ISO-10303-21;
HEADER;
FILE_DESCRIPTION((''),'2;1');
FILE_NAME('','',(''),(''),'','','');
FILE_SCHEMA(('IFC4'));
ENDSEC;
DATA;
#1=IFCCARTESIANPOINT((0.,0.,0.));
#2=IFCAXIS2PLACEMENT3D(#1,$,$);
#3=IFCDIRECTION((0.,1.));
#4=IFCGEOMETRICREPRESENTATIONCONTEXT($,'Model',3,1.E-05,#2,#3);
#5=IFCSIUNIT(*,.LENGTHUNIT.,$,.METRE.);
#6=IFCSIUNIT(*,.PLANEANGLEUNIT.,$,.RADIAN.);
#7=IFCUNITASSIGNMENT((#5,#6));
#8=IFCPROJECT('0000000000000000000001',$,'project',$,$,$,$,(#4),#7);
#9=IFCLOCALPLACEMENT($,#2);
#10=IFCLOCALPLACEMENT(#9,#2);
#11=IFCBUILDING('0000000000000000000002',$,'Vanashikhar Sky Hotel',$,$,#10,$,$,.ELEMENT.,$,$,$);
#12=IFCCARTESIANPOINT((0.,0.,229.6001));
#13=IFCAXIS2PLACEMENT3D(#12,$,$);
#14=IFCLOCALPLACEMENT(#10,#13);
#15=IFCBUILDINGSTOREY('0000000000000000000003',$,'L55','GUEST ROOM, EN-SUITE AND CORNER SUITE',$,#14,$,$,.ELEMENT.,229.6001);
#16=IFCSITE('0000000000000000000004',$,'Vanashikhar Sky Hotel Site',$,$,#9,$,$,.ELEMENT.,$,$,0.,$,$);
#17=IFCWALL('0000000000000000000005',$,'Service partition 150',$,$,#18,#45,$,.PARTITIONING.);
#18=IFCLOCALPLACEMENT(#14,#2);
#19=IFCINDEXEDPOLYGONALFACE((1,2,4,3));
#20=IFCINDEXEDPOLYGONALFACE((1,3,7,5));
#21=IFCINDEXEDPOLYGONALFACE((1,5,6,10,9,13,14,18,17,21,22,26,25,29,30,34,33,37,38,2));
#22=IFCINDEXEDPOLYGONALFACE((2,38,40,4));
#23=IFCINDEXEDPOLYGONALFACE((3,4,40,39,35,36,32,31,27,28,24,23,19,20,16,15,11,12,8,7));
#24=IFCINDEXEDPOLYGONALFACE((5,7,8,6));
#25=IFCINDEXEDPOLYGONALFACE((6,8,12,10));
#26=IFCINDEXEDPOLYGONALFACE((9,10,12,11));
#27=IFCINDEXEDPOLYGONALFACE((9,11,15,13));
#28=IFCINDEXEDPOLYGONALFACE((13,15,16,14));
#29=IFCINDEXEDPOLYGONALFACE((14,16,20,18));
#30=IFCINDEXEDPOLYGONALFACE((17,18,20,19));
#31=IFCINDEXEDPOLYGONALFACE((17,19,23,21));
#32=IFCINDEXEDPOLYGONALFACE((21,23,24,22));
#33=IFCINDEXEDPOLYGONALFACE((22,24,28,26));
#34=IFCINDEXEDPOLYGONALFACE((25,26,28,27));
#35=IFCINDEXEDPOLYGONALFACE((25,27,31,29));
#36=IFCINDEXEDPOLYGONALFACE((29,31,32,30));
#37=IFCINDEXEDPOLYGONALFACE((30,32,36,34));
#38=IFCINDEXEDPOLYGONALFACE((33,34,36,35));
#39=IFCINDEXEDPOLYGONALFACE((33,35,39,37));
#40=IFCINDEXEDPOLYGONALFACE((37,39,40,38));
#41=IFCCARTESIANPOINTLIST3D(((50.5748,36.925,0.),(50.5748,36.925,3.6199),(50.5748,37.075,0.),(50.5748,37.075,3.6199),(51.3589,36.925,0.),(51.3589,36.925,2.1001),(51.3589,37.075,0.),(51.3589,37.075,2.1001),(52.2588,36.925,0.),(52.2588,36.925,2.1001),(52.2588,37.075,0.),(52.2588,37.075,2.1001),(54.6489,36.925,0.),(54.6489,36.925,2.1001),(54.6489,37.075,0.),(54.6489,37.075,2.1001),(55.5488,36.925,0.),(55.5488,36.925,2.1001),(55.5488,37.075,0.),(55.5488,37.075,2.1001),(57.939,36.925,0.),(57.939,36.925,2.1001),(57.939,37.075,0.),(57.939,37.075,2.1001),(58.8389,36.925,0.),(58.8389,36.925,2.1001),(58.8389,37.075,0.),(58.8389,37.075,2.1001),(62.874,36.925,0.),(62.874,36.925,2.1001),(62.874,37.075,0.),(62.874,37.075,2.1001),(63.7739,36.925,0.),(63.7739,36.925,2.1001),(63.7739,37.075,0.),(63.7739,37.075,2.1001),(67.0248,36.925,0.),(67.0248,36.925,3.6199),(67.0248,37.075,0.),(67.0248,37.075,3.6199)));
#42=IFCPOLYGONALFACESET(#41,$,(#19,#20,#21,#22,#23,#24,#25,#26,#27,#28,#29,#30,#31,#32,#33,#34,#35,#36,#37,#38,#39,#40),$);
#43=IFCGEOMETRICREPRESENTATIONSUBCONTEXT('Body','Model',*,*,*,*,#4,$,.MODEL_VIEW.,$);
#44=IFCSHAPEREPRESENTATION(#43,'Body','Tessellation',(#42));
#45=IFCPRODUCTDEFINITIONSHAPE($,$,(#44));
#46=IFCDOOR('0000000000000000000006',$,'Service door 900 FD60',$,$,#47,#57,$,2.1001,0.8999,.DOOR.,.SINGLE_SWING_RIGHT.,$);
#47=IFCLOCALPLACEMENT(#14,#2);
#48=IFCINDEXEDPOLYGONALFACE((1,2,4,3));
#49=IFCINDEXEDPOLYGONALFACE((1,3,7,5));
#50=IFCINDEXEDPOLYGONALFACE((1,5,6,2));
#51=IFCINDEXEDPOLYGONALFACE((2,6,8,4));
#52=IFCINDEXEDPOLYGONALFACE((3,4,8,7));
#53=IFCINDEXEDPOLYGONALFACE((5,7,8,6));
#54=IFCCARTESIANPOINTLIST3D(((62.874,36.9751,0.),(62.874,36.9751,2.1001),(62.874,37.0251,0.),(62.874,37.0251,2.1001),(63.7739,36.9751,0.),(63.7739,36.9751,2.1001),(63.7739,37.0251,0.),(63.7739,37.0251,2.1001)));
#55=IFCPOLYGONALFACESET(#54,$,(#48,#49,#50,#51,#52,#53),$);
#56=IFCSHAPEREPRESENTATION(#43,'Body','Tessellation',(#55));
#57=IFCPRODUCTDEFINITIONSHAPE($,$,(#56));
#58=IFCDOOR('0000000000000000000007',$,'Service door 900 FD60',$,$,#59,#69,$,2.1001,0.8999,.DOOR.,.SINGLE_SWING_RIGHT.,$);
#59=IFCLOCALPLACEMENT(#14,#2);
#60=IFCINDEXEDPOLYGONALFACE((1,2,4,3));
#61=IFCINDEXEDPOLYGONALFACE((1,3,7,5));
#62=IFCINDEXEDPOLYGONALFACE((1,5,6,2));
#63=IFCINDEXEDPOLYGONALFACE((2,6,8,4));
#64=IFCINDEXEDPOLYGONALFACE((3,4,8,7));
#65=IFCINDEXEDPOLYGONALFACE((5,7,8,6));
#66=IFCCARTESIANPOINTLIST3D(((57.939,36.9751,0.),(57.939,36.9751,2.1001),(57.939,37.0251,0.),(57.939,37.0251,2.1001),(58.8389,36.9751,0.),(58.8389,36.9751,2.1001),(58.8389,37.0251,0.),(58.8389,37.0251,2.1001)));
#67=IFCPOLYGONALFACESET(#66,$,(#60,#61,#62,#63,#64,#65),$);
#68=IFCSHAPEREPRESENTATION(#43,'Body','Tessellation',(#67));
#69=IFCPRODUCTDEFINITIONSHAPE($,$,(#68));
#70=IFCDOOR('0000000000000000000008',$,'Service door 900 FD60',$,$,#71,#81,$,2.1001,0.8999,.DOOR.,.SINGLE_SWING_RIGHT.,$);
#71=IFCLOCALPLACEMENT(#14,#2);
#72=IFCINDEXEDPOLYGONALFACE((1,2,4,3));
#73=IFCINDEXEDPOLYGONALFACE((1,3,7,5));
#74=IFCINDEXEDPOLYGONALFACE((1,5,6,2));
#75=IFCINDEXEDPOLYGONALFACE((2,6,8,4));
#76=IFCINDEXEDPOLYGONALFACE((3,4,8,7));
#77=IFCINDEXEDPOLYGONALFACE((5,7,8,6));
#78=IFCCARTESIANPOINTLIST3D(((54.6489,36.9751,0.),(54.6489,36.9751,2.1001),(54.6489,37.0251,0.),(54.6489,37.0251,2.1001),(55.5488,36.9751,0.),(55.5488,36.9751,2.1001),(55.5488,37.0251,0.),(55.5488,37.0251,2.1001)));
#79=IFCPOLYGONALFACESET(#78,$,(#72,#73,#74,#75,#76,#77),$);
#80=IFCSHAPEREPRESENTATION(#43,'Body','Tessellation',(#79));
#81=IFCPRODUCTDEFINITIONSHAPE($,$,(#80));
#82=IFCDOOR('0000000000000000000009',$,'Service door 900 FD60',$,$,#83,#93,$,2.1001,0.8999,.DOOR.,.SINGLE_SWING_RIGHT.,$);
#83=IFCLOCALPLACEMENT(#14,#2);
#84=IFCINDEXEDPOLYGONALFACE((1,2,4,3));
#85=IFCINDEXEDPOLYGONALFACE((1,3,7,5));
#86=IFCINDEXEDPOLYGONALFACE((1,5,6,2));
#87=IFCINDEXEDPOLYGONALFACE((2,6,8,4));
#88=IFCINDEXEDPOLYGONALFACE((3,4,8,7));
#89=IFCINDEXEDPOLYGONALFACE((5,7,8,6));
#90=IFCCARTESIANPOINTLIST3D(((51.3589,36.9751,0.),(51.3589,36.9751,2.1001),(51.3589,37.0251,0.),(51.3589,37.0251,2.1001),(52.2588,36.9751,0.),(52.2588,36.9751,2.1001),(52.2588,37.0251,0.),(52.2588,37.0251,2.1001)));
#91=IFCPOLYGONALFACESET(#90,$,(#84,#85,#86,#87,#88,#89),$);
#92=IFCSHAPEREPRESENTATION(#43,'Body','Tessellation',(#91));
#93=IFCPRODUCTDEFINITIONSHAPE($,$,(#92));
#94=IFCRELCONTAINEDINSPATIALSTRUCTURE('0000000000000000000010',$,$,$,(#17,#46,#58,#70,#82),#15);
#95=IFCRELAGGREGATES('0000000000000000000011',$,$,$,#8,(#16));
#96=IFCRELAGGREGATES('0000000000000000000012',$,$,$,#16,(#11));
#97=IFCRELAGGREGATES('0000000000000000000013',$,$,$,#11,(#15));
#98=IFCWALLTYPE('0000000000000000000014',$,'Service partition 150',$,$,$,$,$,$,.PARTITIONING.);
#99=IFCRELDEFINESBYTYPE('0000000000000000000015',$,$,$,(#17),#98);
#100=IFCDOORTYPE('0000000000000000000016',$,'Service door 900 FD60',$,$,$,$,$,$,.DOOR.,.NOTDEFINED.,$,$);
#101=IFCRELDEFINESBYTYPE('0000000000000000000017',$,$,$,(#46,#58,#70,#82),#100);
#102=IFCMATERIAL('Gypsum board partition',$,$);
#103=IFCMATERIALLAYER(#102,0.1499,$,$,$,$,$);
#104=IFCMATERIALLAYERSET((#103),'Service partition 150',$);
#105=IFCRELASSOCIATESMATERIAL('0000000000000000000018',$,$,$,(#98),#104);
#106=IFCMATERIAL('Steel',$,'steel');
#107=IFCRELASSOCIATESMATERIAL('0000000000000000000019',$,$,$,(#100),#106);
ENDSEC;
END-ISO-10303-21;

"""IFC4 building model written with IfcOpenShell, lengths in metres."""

from ifc_helpers import new_model, si_unit, direction, frame, frame_2d, origin, place, context, subcontext, project, spatial, rectangle, extrude, source, transform, mapped, material, layer, layer_set, type_object, element, fill, save


model = new_model("IFC4")

# Units and contexts
model_context = context("Model", 3, precision=1e-05, world=origin(), true_north=direction((0.0, 1.0)))
body_context = subcontext(model_context, "Body", "Model", "MODEL_VIEW")
ifc_project = project(units=[si_unit("LENGTHUNIT", "METRE"), si_unit("PLANEANGLEUNIT", "RADIAN")], contexts=[model_context])

# Site, building, storey
site_placement = place(None, origin())
site = spatial("IfcSite", under=ifc_project, at=site_placement, Name="Vanashikhar Sky Hotel Site", CompositionType="ELEMENT", RefElevation=0.0)
building_placement = place(site_placement, origin())
building = spatial("IfcBuilding", under=site, at=building_placement, Name="Vanashikhar Sky Hotel", CompositionType="ELEMENT")
storey_placement = place(building_placement, frame((0.0, 0.0, 229.6001)))
storey = spatial("IfcBuildingStorey", under=building, at=storey_placement, Name="L55", Description="GUEST ROOM, EN-SUITE AND CORNER SUITE", CompositionType="ELEMENT", Elevation=229.6001)

# Shared definitions
ifc_material_1 = material(Name="Gypsum board partition")
ifc_layer_1 = layer(ifc_material_1, 0.1499)
ifc_layer_set_1 = layer_set([ifc_layer_1], Name="Service partition 150")
wall_type_1 = type_object("IfcWallType", Name="Service partition 150", PredefinedType="PARTITIONING", material=ifc_layer_set_1)

# Shared definitions
shared_shape_1 = source(origin(), body_context, "Body", "SweptSolid", [
    extrude(rectangle(XDim=0.8999, YDim=2.1001, at=frame_2d((0.45, 1.05))), frame((0.0, 0.085, 0.0), z_axis=(0.0, -1.0, 0.0), x_axis=(1.0, 0.0, 0.0)), (0.0, 0.0, 1.0), 0.1699),
])
ifc_material_2 = material(Name="Steel", Category="steel")
door_type_1 = type_object("IfcDoorType", Name="Service door 900 FD60", OperationType="NOTDEFINED", PredefinedType="DOOR", material=ifc_material_2)
shared_shape_2 = source(origin(), body_context, "Body", "SweptSolid", [
    extrude(rectangle(XDim=0.8999, YDim=2.1001, at=frame_2d((0.45, 1.05))), frame((0.0, 0.0249, 0.0), z_axis=(0.0, -1.0, 0.0), x_axis=(1.0, 0.0, 0.0)), (0.0, 0.0, 1.0), 0.05),
])

# Wall, openings, doors
shared_shape_3 = source(origin(), body_context, "Body", "SweptSolid", [
    extrude(rectangle(XDim=16.45, YDim=0.1499, at=frame_2d((8.2251, 0.0))), origin(), (0.0, 0.0, 1.0), 3.6199),
])
wall_1_placement = place(storey_placement, frame((67.0249, 37.0, 0.0), z_axis=(0.0, 0.0, 1.0), x_axis=(-1.0, 0.0, 0.0)))
wall_1 = element("IfcWall", 1, at=wall_1_placement, inside=storey, type_object=wall_type_1, Name="Service partition 150", PredefinedType="PARTITIONING", context=body_context, shape_type="MappedRepresentation", body=[
    mapped(shared_shape_3, transform((0.0, 0.0, 0.0), scale=1.0)),
])
opening_1_placement = place(wall_1_placement, frame((3.251, 0.0, 0.0)))
opening_1 = element("IfcOpeningElement", 2, at=opening_1_placement, cuts=wall_1, PredefinedType="OPENING", context=body_context, shape_type="MappedRepresentation", body=[
    mapped(shared_shape_1, transform((0.0, 0.0, 0.0), scale=1.0)),
])
opening_2_placement = place(wall_1_placement, frame((8.186, 0.0, 0.0)))
opening_2 = element("IfcOpeningElement", 3, at=opening_2_placement, cuts=wall_1, PredefinedType="OPENING", context=body_context, shape_type="MappedRepresentation", body=[
    mapped(shared_shape_1, transform((0.0, 0.0, 0.0), scale=1.0)),
])
opening_3_placement = place(wall_1_placement, frame((11.4761, 0.0, 0.0)))
opening_3 = element("IfcOpeningElement", 4, at=opening_3_placement, cuts=wall_1, PredefinedType="OPENING", context=body_context, shape_type="MappedRepresentation", body=[
    mapped(shared_shape_1, transform((0.0, 0.0, 0.0), scale=1.0)),
])
opening_4_placement = place(wall_1_placement, frame((14.7661, 0.0, 0.0)))
opening_4 = element("IfcOpeningElement", 5, at=opening_4_placement, cuts=wall_1, PredefinedType="OPENING", context=body_context, shape_type="MappedRepresentation", body=[
    mapped(shared_shape_1, transform((0.0, 0.0, 0.0), scale=1.0)),
])
door_1_placement = place(opening_1_placement, origin())
door_1 = element("IfcDoor", 6, at=door_1_placement, inside=storey, type_object=door_type_1, Name="Service door 900 FD60", OperationType="SINGLE_SWING_RIGHT", OverallHeight=2.1001, OverallWidth=0.8999, PredefinedType="DOOR", context=body_context, shape_type="MappedRepresentation", body=[
    mapped(shared_shape_2, transform((0.0, 0.0, 0.0), scale=1.0)),
])
fill(opening_1, door_1)
door_2_placement = place(opening_2_placement, origin())
door_2 = element("IfcDoor", 7, at=door_2_placement, inside=storey, type_object=door_type_1, Name="Service door 900 FD60", OperationType="SINGLE_SWING_RIGHT", OverallHeight=2.1001, OverallWidth=0.8999, PredefinedType="DOOR", context=body_context, shape_type="MappedRepresentation", body=[
    mapped(shared_shape_2, transform((0.0, 0.0, 0.0), scale=1.0)),
])
fill(opening_2, door_2)
door_3_placement = place(opening_3_placement, origin())
door_3 = element("IfcDoor", 8, at=door_3_placement, inside=storey, type_object=door_type_1, Name="Service door 900 FD60", OperationType="SINGLE_SWING_RIGHT", OverallHeight=2.1001, OverallWidth=0.8999, PredefinedType="DOOR", context=body_context, shape_type="MappedRepresentation", body=[
    mapped(shared_shape_2, transform((0.0, 0.0, 0.0), scale=1.0)),
])
fill(opening_3, door_3)
door_4_placement = place(opening_4_placement, origin())
door_4 = element("IfcDoor", 9, at=door_4_placement, inside=storey, type_object=door_type_1, Name="Service door 900 FD60", OperationType="SINGLE_SWING_RIGHT", OverallHeight=2.1001, OverallWidth=0.8999, PredefinedType="DOOR", context=body_context, shape_type="MappedRepresentation", body=[
    mapped(shared_shape_2, transform((0.0, 0.0, 0.0), scale=1.0)),
])
fill(opening_4, door_4)

save(model, "model.ifc")
